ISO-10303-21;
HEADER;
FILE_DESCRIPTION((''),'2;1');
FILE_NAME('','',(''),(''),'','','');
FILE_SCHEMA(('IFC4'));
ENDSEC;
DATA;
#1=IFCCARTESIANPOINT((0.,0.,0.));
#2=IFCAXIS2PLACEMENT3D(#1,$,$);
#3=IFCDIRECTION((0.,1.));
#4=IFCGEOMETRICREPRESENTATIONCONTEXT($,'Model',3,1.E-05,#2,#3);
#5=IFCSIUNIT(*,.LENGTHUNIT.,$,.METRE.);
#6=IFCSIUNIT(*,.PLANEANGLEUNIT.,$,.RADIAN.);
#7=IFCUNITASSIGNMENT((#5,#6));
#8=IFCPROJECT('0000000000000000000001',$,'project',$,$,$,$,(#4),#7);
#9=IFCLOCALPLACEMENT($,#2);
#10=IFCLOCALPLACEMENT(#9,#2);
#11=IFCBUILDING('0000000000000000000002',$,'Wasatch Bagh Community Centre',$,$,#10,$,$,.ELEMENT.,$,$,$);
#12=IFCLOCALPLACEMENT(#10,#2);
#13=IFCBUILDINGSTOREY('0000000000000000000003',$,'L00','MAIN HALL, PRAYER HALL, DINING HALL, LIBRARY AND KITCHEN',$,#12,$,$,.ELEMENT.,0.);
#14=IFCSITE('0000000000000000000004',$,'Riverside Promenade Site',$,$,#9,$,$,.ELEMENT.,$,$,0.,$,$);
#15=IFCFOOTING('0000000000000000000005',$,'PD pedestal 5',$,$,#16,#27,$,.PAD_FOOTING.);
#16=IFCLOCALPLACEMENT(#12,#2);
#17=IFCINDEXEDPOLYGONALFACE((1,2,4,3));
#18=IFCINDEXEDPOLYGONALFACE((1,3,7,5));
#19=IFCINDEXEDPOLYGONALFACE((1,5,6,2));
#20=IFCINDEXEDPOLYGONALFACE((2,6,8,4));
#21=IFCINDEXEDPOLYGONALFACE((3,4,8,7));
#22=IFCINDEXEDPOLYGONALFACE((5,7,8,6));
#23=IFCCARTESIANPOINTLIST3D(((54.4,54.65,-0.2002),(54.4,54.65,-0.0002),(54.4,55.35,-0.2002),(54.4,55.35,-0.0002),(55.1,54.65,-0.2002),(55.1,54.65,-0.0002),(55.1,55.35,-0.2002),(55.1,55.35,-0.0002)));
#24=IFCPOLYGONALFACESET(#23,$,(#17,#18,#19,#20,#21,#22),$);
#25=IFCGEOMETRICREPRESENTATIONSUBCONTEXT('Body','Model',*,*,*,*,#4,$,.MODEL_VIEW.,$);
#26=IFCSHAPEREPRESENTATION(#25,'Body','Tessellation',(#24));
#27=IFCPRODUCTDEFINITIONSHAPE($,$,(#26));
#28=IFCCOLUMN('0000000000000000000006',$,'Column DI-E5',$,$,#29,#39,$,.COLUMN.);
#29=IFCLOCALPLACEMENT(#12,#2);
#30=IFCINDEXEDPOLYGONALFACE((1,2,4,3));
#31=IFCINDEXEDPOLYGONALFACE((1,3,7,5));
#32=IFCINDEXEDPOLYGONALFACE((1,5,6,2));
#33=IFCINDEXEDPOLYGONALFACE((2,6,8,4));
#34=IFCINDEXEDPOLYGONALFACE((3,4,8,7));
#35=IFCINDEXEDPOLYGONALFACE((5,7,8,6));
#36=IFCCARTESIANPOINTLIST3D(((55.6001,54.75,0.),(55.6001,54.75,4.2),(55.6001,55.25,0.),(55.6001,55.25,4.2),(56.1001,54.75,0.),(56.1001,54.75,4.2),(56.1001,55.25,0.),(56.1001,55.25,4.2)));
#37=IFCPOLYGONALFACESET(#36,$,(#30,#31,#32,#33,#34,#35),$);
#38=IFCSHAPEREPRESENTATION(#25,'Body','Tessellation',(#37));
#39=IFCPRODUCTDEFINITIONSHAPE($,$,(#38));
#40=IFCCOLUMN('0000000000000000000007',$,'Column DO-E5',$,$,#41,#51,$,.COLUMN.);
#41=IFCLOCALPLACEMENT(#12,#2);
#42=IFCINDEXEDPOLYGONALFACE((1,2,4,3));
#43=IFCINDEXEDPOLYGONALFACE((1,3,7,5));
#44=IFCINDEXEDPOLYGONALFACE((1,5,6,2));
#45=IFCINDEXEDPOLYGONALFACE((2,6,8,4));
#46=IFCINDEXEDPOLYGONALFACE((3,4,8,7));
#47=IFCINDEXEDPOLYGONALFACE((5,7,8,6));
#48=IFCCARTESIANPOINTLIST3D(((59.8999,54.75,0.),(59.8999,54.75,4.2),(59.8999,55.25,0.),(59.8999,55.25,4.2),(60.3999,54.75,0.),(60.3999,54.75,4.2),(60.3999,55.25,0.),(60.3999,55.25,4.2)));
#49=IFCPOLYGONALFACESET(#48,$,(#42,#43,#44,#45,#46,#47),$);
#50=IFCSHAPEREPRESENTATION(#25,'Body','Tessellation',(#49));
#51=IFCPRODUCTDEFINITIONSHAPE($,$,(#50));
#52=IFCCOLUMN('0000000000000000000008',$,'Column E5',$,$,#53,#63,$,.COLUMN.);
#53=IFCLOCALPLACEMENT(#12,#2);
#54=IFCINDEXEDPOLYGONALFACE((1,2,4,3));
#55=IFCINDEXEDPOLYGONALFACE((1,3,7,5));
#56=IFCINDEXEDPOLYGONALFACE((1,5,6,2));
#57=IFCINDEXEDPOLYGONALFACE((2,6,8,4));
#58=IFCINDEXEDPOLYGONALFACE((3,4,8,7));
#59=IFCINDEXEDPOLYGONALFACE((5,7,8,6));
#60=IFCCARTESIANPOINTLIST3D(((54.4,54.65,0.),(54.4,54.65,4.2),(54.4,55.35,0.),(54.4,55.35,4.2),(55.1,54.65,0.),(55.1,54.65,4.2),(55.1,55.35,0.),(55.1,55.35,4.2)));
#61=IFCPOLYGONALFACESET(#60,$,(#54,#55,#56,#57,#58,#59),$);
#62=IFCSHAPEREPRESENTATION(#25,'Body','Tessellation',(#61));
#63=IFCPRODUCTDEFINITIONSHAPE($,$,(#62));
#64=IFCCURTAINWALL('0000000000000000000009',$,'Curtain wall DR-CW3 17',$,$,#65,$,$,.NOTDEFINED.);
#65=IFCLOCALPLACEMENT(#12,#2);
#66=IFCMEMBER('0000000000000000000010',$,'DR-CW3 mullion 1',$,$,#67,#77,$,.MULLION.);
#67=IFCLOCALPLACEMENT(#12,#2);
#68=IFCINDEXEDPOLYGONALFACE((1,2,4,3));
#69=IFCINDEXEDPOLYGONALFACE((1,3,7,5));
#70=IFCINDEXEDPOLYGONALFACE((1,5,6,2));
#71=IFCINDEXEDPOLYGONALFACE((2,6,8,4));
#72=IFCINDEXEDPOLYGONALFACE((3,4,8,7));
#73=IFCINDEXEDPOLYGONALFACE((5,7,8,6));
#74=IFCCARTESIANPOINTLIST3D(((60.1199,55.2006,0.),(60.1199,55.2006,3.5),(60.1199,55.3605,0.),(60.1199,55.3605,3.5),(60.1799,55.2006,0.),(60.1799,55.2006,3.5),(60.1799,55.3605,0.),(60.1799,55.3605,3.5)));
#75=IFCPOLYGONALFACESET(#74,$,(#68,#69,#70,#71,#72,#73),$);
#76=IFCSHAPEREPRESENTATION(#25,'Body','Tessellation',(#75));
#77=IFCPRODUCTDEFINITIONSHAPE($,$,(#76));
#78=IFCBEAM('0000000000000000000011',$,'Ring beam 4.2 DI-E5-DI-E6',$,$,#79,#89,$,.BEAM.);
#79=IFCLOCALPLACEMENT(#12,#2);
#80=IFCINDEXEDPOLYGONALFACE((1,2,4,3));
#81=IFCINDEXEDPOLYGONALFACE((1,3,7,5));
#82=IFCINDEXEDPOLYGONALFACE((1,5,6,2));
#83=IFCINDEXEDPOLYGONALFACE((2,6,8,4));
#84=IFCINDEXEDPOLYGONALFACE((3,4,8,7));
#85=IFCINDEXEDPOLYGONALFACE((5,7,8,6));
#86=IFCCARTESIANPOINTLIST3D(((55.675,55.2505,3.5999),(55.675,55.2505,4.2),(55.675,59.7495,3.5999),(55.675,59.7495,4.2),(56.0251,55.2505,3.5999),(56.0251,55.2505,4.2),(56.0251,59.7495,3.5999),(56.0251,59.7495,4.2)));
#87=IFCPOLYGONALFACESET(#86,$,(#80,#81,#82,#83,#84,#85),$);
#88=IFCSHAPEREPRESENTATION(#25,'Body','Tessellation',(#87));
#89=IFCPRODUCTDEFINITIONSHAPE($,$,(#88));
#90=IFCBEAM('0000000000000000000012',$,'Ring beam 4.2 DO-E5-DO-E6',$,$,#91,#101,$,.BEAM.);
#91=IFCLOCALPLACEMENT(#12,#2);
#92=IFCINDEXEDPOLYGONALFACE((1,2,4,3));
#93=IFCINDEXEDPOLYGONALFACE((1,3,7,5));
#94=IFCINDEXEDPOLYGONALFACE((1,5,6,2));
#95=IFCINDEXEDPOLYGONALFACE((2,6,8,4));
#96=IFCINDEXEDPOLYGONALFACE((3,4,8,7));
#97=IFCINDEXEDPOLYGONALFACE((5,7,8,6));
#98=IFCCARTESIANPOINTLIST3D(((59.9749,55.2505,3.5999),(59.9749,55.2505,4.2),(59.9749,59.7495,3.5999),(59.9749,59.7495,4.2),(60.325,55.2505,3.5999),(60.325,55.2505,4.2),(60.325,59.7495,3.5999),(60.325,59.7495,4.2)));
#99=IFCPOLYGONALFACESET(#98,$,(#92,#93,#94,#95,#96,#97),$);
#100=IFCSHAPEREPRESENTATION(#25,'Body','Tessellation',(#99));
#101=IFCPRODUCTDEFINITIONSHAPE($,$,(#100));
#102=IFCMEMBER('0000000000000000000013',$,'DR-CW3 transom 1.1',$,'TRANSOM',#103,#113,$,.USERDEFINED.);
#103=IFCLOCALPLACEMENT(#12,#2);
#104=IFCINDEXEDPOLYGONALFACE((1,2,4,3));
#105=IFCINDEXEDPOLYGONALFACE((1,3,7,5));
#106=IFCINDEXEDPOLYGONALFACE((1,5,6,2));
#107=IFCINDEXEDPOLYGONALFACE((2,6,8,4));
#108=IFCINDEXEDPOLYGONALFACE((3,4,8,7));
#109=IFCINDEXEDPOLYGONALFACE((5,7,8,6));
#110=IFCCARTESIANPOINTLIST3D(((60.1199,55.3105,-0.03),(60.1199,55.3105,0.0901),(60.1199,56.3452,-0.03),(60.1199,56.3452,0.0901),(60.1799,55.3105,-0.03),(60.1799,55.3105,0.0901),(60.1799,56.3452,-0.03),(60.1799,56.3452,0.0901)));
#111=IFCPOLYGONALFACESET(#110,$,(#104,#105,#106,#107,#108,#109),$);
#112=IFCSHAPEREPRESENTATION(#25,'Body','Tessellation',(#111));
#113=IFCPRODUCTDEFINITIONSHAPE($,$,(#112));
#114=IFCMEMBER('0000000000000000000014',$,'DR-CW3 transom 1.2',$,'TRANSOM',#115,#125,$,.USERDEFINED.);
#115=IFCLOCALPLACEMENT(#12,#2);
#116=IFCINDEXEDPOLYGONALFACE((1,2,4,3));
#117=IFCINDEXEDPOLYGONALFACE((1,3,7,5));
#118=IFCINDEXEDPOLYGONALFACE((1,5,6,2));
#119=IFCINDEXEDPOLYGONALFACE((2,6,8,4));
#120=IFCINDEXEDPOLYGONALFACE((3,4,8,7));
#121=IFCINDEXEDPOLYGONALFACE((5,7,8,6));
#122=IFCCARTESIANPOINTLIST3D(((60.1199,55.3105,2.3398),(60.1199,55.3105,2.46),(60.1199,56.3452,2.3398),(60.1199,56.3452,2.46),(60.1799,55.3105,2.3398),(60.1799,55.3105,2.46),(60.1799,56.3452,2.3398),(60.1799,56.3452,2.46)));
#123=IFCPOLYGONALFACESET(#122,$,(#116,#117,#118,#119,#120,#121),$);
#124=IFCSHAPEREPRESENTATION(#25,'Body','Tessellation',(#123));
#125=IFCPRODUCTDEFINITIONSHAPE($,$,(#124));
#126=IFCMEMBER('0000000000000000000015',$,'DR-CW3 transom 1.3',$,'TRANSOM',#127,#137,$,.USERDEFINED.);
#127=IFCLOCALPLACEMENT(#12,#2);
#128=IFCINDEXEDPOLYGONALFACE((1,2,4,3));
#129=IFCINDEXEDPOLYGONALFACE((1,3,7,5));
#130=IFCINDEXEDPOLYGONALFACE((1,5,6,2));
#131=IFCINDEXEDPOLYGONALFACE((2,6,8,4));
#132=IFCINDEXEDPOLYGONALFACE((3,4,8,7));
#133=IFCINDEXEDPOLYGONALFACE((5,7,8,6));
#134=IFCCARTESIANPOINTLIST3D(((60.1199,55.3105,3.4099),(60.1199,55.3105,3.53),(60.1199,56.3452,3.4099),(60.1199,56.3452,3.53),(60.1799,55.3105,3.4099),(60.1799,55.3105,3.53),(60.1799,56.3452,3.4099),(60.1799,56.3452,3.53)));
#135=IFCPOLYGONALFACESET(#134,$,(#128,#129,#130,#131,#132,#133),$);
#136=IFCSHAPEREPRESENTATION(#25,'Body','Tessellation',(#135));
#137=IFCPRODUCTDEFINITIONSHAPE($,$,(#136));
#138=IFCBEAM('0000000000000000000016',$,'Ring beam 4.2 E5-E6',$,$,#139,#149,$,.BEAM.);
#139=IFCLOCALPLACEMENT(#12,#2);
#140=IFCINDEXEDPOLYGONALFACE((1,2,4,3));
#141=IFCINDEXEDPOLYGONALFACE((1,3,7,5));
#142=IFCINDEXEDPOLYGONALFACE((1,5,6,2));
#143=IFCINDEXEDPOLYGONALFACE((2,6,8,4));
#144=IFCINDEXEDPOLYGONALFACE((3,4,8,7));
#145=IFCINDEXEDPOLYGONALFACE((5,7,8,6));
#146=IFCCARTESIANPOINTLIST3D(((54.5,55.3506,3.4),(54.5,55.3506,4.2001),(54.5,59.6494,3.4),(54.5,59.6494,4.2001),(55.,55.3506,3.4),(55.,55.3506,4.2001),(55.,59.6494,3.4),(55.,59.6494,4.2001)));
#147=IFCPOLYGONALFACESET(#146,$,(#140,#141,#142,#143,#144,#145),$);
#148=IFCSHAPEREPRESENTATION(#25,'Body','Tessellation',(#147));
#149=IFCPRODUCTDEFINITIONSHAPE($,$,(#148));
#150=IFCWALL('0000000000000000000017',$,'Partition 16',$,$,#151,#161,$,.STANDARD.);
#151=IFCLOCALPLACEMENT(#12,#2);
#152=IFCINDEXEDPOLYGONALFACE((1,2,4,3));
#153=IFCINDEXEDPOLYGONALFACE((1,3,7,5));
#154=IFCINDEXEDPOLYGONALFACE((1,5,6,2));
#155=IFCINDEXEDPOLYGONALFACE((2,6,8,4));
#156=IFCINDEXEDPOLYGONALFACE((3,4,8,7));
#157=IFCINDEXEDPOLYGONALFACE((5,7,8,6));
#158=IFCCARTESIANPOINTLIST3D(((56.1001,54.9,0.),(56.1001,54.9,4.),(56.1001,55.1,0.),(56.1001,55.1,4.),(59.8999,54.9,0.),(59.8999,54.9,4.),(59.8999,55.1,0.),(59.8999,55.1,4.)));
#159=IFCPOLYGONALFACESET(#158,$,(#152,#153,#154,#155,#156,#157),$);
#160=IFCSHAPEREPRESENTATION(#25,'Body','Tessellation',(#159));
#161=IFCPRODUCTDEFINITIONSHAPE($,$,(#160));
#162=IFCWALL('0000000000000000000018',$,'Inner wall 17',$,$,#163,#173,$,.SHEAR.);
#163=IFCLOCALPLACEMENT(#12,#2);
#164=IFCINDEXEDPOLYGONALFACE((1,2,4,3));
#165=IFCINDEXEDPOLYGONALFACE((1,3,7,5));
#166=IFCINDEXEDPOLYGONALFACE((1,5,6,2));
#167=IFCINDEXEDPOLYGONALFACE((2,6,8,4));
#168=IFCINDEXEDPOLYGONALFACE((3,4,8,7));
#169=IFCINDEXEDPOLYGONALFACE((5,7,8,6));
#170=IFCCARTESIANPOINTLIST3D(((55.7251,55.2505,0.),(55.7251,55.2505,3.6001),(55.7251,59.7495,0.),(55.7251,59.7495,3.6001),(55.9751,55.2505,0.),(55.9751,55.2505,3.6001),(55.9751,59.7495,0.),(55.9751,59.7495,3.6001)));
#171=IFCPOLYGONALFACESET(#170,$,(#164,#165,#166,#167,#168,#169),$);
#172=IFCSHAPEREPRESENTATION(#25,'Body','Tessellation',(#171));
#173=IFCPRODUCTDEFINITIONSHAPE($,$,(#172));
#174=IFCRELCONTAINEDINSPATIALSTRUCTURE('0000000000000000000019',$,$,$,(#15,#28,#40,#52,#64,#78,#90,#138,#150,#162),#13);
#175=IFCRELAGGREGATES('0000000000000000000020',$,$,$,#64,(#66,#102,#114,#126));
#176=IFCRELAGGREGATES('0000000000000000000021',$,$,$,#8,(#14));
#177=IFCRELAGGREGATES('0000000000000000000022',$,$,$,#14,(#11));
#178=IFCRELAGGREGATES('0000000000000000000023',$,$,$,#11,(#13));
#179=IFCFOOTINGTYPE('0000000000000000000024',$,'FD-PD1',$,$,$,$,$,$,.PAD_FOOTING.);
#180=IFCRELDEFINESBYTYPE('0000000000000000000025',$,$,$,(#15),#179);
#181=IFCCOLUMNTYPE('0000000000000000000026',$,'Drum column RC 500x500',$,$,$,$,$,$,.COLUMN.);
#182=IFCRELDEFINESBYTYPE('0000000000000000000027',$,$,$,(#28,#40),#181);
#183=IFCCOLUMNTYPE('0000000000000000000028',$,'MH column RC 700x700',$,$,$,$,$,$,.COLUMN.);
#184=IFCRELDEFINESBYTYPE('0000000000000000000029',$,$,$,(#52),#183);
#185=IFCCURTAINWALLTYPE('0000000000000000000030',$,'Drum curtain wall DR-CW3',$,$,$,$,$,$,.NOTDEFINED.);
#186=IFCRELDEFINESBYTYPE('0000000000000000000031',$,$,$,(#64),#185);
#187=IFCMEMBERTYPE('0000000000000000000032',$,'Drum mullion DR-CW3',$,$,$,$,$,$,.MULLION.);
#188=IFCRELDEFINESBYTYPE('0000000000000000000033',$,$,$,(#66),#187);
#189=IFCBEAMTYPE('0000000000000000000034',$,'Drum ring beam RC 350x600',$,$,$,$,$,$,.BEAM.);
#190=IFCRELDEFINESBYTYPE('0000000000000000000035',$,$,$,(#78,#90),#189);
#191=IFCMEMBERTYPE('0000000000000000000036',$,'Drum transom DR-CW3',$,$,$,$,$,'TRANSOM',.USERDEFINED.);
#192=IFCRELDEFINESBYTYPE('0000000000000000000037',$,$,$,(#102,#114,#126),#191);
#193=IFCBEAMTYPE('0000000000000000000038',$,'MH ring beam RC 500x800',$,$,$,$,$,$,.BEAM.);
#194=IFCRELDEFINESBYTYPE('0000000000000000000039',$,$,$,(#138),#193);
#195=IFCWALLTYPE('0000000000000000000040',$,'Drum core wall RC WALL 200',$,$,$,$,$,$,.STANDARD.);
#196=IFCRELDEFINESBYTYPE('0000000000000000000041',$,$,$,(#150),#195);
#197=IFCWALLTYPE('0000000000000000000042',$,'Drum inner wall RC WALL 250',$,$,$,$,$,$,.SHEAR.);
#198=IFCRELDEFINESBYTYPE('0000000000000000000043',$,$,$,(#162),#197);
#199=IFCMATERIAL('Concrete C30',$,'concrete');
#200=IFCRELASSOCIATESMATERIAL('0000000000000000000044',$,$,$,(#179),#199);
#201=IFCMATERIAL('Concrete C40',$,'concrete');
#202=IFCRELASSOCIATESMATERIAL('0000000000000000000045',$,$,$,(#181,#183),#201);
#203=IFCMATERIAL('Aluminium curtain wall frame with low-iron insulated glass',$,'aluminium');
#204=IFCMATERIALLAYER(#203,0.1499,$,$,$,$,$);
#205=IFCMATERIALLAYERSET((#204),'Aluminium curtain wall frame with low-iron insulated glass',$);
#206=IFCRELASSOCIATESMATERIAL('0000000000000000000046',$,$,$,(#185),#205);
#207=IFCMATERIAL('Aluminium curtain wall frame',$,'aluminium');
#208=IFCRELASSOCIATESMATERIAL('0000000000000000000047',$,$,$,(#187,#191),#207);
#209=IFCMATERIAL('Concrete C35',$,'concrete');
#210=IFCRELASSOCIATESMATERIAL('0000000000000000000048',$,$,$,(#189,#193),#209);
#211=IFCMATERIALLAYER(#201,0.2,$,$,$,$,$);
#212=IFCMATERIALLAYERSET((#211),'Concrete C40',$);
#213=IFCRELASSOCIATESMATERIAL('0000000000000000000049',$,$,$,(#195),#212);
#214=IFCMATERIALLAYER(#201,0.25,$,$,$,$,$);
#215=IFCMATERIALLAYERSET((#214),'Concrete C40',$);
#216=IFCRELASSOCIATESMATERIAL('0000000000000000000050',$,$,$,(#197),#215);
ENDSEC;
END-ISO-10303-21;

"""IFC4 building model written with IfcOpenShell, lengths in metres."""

from ifc_helpers import new_model, si_unit, direction, frame, frame_2d, origin, origin_2d, place, context, subcontext, project, spatial, rectangle, extrude, material, layer, layer_set, material_profile, profile_set, type_object, element, aggregate, save


model = new_model("IFC4")

# Units and contexts
model_context = context("Model", 3, precision=1e-05, world=origin(), true_north=direction((0.0, 1.0)))
body_context = subcontext(model_context, "Body", "Model", "MODEL_VIEW")
ifc_project = project(units=[si_unit("LENGTHUNIT", "METRE"), si_unit("PLANEANGLEUNIT", "RADIAN")], contexts=[model_context])

# Site, building, storey
site_placement = place(None, origin())
site = spatial("IfcSite", under=ifc_project, at=site_placement, Name="Riverside Promenade Site", CompositionType="ELEMENT", RefElevation=0.0)
building_placement = place(site_placement, origin())
building = spatial("IfcBuilding", under=site, at=building_placement, Name="Wasatch Bagh Community Centre", CompositionType="ELEMENT")
storey_placement = place(building_placement, origin())
storey = spatial("IfcBuildingStorey", under=building, at=storey_placement, Name="L00", Description="MAIN HALL, PRAYER HALL, DINING HALL, LIBRARY AND KITCHEN", CompositionType="ELEMENT", Elevation=0.0)

# Shared definitions
ifc_material_1 = material(Name="Concrete C35", Category="concrete")

# Shared definitions
ifc_material_2 = material(Name="Concrete C30", Category="concrete")

# Footing
footing_type_1 = type_object("IfcFootingType", Name="FD-PD1", PredefinedType="PAD_FOOTING", material=ifc_material_2)
footing_1_placement = place(storey_placement, frame((54.75, 55.0, -0.2002), z_axis=(0.0, 0.0, 1.0), x_axis=(1.0, 0.0, 0.0)))
element("IfcFooting", 1, at=footing_1_placement, inside=storey, type_object=footing_type_1, Name="PD pedestal 5", PredefinedType="PAD_FOOTING", context=body_context, shape_type="SweptSolid", body=[
    extrude(rectangle(XDim=0.7, YDim=0.7, at=origin_2d()), origin(), (0.0, 0.0, 1.0), 0.2),
])

# Columns
ifc_material_3 = material(Name="Concrete C40", Category="concrete")
ifc_material_profile_1 = material_profile(ifc_material_3, rectangle(XDim=0.5, YDim=0.5, at=origin_2d()), Name="RC 500x500")
ifc_profile_set_1 = profile_set([ifc_material_profile_1], Name="Concrete C40")
column_type_1 = type_object("IfcColumnType", Name="Drum column RC 500x500", PredefinedType="COLUMN", material=ifc_profile_set_1)
for number, where, z_axis, x_axis, name in (
    (2, (55.8501, 55.0, 0.0), (0.0, 0.0, 1.0), (1.0, 0.0, 0.0), "Column DI-E5"),
    (3, (60.1499, 55.0, 0.0), (0.0, 0.0, 1.0), (1.0, 0.0, 0.0), "Column DO-E5"),
):
    element("IfcColumn", number, at=place(storey_placement, frame(where, z_axis=z_axis, x_axis=x_axis)), inside=storey, type_object=column_type_1, Name=name, PredefinedType="COLUMN", context=body_context, shape_type="SweptSolid", body=[
        extrude(rectangle(XDim=0.5, YDim=0.5, at=origin_2d()), origin(), (0.0, 0.0, 1.0), 4.2),
    ])
ifc_material_profile_2 = material_profile(ifc_material_3, rectangle(XDim=0.7, YDim=0.7, at=origin_2d()), Name="RC 700x700")
ifc_profile_set_2 = profile_set([ifc_material_profile_2], Name="Concrete C40")
column_type_2 = type_object("IfcColumnType", Name="MH column RC 700x700", PredefinedType="COLUMN", material=ifc_profile_set_2)
column_placement = place(storey_placement, frame((54.75, 55.0, 0.0), z_axis=(0.0, 0.0, 1.0), x_axis=(1.0, 0.0, 0.0)))
element("IfcColumn", 4, at=column_placement, inside=storey, type_object=column_type_2, Name="Column E5", PredefinedType="COLUMN", context=body_context, shape_type="SweptSolid", body=[
    extrude(rectangle(XDim=0.7, YDim=0.7, at=origin_2d()), origin(), (0.0, 0.0, 1.0), 4.2),
])

# Curtain wall, member
ifc_material_4 = material(Name="Aluminium curtain wall frame with low-iron insulated glass", Category="aluminium")
ifc_layer_1 = layer(ifc_material_4, 0.1499)
ifc_layer_set_1 = layer_set([ifc_layer_1], Name="Aluminium curtain wall frame with low-iron insulated glass")
curtain_wall_type = type_object("IfcCurtainWallType", Name="Drum curtain wall DR-CW3", PredefinedType="NOTDEFINED", material=ifc_layer_set_1)
curtain_wall_placement = place(storey_placement, origin())
curtain_wall = element("IfcCurtainWall", 5, at=curtain_wall_placement, inside=storey, type_object=curtain_wall_type, Name="Curtain wall DR-CW3 17", PredefinedType="NOTDEFINED")
ifc_material_5 = material(Name="Aluminium curtain wall frame", Category="aluminium")
ifc_material_profile_3 = material_profile(ifc_material_5, rectangle(XDim=0.0601, YDim=0.1599, at=origin_2d()), Name="Drum mullion DR-CW3")
ifc_profile_set_3 = profile_set([ifc_material_profile_3], Name="Aluminium curtain wall frame")
member_type_1 = type_object("IfcMemberType", Name="Drum mullion DR-CW3", PredefinedType="MULLION", material=ifc_profile_set_3)
member_1_placement = place(storey_placement, frame((60.1499, 55.2805, 0.0), z_axis=(0.0, 0.0, 1.0), x_axis=(-1.0, 0.0, 0.0)))
member_1 = element("IfcMember", 6, at=member_1_placement, type_object=member_type_1, Name="DR-CW3 mullion 1", PredefinedType="MULLION", context=body_context, shape_type="SweptSolid", body=[
    extrude(rectangle(XDim=0.0601, YDim=0.1599, at=origin_2d()), origin(), (0.0, 0.0, 1.0), 3.5),
])

# Beams
ifc_material_profile_4 = material_profile(ifc_material_1, rectangle(XDim=0.3501, YDim=0.6001, at=origin_2d()), Name="RC 350x600")
ifc_profile_set_4 = profile_set([ifc_material_profile_4], Name="Concrete C35")
beam_type_1 = type_object("IfcBeamType", Name="Drum ring beam RC 350x600", PredefinedType="BEAM", material=ifc_profile_set_4)
for number, where, z_axis, x_axis, name in (
    (7, (55.8501, 55.2505, 3.8999), (0.0, 1.0, 0.0), (-1.0, 0.0, 0.0), "Ring beam 4.2 DI-E5-DI-E6"),
    (8, (60.1499, 55.2505, 3.8999), (0.0, 1.0, 0.0), (-1.0, 0.0, 0.0), "Ring beam 4.2 DO-E5-DO-E6"),
):
    element("IfcBeam", number, at=place(storey_placement, frame(where, z_axis=z_axis, x_axis=x_axis)), inside=storey, type_object=beam_type_1, Name=name, PredefinedType="BEAM", context=body_context, shape_type="SweptSolid", body=[
        extrude(rectangle(XDim=0.3501, YDim=0.6001, at=origin_2d()), origin(), (0.0, 0.0, 1.0), 4.499),
    ])

# Members
ifc_material_profile_5 = material_profile(ifc_material_5, rectangle(XDim=0.0601, YDim=0.1201, at=origin_2d()), Name="Drum transom DR-CW3")
ifc_profile_set_5 = profile_set([ifc_material_profile_5], Name="Aluminium curtain wall frame")
member_type_2 = type_object("IfcMemberType", Name="Drum transom DR-CW3", ElementType="TRANSOM", PredefinedType="USERDEFINED", material=ifc_profile_set_5)
member_2_placement = place(storey_placement, frame((60.1499, 55.3105, 0.03), z_axis=(0.0, 1.0, 0.0), x_axis=(-1.0, 0.0, 0.0)))
member_2 = element("IfcMember", 9, at=member_2_placement, type_object=member_type_2, Name="DR-CW3 transom 1.1", ObjectType="TRANSOM", PredefinedType="USERDEFINED", context=body_context, shape_type="SweptSolid", body=[
    extrude(rectangle(XDim=0.0601, YDim=0.1201, at=origin_2d()), origin(), (0.0, 0.0, 1.0), 1.0347),
])
member_3_placement = place(storey_placement, frame((60.1499, 55.3105, 2.3999), z_axis=(0.0, 1.0, 0.0), x_axis=(-1.0, 0.0, 0.0)))
member_3 = element("IfcMember", 10, at=member_3_placement, type_object=member_type_2, Name="DR-CW3 transom 1.2", ObjectType="TRANSOM", PredefinedType="USERDEFINED", context=body_context, shape_type="SweptSolid", body=[
    extrude(rectangle(XDim=0.0601, YDim=0.1201, at=origin_2d()), origin(), (0.0, 0.0, 1.0), 1.0347),
])
member_4_placement = place(storey_placement, frame((60.1499, 55.3105, 3.47), z_axis=(0.0, 1.0, 0.0), x_axis=(-1.0, 0.0, 0.0)))
member_4 = element("IfcMember", 11, at=member_4_placement, type_object=member_type_2, Name="DR-CW3 transom 1.3", ObjectType="TRANSOM", PredefinedType="USERDEFINED", context=body_context, shape_type="SweptSolid", body=[
    extrude(rectangle(XDim=0.0601, YDim=0.1201, at=origin_2d()), origin(), (0.0, 0.0, 1.0), 1.0347),
])
aggregate(curtain_wall, [member_1, member_2, member_3, member_4])

# Beam
ifc_material_profile_6 = material_profile(ifc_material_1, rectangle(XDim=0.5, YDim=0.8, at=origin_2d()), Name="RC 500x800")
ifc_profile_set_6 = profile_set([ifc_material_profile_6], Name="Concrete C35")
beam_type_2 = type_object("IfcBeamType", Name="MH ring beam RC 500x800", PredefinedType="BEAM", material=ifc_profile_set_6)
beam_placement = place(storey_placement, frame((54.75, 55.3506, 3.8), z_axis=(0.0, 1.0, 0.0), x_axis=(-1.0, 0.0, 0.0)))
element("IfcBeam", 12, at=beam_placement, inside=storey, type_object=beam_type_2, Name="Ring beam 4.2 E5-E6", PredefinedType="BEAM", context=body_context, shape_type="SweptSolid", body=[
    extrude(rectangle(XDim=0.5, YDim=0.8, at=origin_2d()), origin(), (0.0, 0.0, 1.0), 4.2988),
])

# Walls
ifc_layer_2 = layer(ifc_material_3, 0.2)
ifc_layer_set_2 = layer_set([ifc_layer_2], Name="Concrete C40")
wall_type_1 = type_object("IfcWallType", Name="Drum core wall RC WALL 200", PredefinedType="STANDARD", material=ifc_layer_set_2)
wall_1_placement = place(storey_placement, frame((56.1001, 55.0, 0.0), z_axis=(0.0, 0.0, 1.0), x_axis=(1.0, 0.0, 0.0)))
element("IfcWall", 13, at=wall_1_placement, inside=storey, type_object=wall_type_1, Name="Partition 16", PredefinedType="STANDARD", context=body_context, shape_type="SweptSolid", body=[
    extrude(rectangle(XDim=3.7998, YDim=0.2, at=frame_2d((1.8999, 0.0))), origin(), (0.0, 0.0, 1.0), 4.0),
])
ifc_layer_3 = layer(ifc_material_3, 0.25)
ifc_layer_set_3 = layer_set([ifc_layer_3], Name="Concrete C40")
wall_type_2 = type_object("IfcWallType", Name="Drum inner wall RC WALL 250", PredefinedType="SHEAR", material=ifc_layer_set_3)
wall_2_placement = place(storey_placement, frame((55.8501, 55.2505, 0.0), z_axis=(0.0, 0.0, 1.0), x_axis=(0.0, 1.0, 0.0)))
element("IfcWall", 14, at=wall_2_placement, inside=storey, type_object=wall_type_2, Name="Inner wall 17", PredefinedType="SHEAR", context=body_context, shape_type="SweptSolid", body=[
    extrude(rectangle(XDim=4.499, YDim=0.25, at=frame_2d((2.2495, 0.0))), origin(), (0.0, 0.0, 1.0), 3.6001),
])

save(model, "model.ifc")
